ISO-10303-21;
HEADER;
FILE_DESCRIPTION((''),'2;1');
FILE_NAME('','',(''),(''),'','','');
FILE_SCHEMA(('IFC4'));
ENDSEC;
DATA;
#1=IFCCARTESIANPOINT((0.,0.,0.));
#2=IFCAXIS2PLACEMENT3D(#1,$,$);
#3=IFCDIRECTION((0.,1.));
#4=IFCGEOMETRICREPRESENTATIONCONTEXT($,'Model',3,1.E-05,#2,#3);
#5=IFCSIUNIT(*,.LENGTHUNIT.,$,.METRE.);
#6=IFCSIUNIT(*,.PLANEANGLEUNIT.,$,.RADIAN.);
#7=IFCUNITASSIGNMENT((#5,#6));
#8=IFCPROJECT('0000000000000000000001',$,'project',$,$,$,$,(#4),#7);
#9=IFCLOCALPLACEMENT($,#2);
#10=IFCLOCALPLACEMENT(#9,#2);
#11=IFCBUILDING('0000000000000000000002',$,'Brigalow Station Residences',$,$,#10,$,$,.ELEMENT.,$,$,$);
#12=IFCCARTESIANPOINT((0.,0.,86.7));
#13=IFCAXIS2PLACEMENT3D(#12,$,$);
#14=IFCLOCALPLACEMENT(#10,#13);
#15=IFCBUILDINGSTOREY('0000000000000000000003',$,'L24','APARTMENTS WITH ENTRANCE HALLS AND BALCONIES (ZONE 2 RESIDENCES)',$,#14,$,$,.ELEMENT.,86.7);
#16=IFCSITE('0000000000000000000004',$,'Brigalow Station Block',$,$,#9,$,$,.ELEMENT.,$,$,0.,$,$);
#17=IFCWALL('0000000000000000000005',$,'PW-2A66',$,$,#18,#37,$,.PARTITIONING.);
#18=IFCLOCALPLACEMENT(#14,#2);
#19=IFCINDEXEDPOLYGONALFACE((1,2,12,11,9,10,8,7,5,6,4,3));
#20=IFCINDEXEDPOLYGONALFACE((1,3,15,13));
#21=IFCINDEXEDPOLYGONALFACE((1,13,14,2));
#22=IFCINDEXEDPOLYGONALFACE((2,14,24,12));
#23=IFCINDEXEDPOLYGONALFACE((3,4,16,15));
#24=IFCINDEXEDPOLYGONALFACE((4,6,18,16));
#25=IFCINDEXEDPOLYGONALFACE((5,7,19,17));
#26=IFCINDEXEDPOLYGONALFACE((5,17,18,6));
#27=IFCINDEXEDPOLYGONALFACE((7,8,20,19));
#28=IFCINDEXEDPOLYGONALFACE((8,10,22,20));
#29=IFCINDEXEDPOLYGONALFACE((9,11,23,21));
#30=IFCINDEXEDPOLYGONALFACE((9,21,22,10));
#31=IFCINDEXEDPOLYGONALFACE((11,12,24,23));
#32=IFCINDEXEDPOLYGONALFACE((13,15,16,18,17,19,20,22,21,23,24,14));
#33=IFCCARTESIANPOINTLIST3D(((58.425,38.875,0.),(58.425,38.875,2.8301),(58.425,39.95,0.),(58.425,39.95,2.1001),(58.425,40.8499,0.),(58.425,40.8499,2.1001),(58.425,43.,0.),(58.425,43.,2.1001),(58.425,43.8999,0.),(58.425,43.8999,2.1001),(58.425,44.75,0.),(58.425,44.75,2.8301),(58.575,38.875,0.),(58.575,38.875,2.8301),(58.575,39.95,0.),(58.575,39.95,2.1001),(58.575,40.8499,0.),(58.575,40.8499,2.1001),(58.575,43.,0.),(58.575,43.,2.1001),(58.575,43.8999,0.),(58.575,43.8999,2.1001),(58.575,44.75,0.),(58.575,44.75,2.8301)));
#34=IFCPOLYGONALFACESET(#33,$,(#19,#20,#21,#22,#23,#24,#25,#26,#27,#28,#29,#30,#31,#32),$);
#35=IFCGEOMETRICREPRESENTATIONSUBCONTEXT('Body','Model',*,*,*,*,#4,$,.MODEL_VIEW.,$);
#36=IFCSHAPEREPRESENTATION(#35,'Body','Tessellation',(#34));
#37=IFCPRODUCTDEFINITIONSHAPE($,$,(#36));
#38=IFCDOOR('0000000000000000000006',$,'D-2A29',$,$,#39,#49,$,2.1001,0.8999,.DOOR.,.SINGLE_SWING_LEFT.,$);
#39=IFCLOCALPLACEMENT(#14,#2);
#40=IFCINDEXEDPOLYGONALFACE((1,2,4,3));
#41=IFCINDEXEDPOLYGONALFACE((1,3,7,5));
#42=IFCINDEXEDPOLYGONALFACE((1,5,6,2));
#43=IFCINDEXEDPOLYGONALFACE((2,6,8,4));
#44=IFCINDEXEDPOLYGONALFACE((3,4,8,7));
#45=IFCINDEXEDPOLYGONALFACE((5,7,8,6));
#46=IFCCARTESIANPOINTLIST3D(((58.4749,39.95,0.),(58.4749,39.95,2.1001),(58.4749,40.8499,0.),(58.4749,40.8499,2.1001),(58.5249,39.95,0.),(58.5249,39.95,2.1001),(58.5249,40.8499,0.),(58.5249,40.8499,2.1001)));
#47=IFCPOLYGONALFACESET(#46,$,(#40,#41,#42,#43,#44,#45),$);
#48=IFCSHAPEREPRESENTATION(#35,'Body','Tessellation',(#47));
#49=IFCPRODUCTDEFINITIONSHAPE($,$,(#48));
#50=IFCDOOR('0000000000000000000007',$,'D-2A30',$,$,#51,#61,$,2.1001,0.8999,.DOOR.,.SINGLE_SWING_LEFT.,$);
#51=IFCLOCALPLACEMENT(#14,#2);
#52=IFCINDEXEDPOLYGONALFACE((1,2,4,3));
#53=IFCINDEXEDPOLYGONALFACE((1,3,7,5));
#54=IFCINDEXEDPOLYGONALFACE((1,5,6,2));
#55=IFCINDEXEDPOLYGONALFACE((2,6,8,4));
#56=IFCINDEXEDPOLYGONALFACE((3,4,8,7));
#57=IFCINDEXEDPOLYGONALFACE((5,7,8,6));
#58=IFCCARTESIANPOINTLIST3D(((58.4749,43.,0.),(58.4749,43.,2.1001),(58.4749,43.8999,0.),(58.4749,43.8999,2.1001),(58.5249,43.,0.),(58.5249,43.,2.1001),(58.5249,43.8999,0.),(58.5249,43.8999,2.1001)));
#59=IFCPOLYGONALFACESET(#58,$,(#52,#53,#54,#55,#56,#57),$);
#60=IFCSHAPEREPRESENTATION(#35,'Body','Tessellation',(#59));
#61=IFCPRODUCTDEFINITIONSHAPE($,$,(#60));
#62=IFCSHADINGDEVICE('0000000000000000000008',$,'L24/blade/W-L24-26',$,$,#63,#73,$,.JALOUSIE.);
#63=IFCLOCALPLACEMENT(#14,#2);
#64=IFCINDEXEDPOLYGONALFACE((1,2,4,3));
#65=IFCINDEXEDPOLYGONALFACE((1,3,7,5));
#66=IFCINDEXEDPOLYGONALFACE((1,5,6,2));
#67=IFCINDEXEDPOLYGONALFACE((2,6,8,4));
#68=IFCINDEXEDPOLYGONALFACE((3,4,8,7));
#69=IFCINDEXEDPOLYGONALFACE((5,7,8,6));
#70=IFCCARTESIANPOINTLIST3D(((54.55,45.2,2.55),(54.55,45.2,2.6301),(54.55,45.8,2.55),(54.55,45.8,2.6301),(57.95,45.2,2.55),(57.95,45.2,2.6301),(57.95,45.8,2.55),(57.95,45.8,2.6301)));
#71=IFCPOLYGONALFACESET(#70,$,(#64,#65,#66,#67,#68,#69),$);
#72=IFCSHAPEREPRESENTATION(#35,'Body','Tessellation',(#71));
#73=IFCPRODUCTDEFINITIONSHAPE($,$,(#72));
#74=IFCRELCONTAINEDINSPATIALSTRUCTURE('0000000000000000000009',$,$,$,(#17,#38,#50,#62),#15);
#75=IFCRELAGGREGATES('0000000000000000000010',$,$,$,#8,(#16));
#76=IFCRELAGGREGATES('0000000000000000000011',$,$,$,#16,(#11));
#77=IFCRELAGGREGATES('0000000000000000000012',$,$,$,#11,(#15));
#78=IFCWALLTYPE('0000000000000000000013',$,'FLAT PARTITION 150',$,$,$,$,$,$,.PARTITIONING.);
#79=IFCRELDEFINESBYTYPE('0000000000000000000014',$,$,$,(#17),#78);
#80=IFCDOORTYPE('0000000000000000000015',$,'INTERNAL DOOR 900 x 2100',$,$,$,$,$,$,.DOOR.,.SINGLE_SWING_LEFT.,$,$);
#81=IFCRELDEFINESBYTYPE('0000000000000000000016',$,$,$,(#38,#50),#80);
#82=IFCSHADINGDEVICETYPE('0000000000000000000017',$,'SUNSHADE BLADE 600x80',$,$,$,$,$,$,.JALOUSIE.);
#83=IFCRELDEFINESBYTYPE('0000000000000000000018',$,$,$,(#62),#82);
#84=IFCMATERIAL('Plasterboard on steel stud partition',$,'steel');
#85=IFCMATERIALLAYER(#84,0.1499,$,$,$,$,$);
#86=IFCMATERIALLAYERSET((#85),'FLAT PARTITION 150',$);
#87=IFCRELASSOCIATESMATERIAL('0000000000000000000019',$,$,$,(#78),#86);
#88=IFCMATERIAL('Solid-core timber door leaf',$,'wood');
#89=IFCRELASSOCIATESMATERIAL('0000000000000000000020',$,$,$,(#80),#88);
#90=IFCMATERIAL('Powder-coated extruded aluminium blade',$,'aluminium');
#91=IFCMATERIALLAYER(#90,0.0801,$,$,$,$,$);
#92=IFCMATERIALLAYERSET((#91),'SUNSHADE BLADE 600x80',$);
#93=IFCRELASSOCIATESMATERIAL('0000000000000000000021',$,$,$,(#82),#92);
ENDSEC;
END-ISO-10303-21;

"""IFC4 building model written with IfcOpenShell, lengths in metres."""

from ifc_helpers import new_model, si_unit, direction, frame, frame_2d, origin, origin_2d, place, context, subcontext, project, spatial, rectangle, extrude, material, layer, layer_set, type_object, element, fill, save


model = new_model("IFC4")

# Units and contexts
model_context = context("Model", 3, precision=1e-05, world=origin(), true_north=direction((0.0, 1.0)))
body_context = subcontext(model_context, "Body", "Model", "MODEL_VIEW")
ifc_project = project(units=[si_unit("LENGTHUNIT", "METRE"), si_unit("PLANEANGLEUNIT", "RADIAN")], contexts=[model_context])

# Site, building, storey
site_placement = place(None, origin())
site = spatial("IfcSite", under=ifc_project, at=site_placement, Name="Brigalow Station Block", CompositionType="ELEMENT", RefElevation=0.0)
building_placement = place(site_placement, origin())
building = spatial("IfcBuilding", under=site, at=building_placement, Name="Brigalow Station Residences", CompositionType="ELEMENT")
storey_placement = place(building_placement, frame((0.0, 0.0, 86.7)))
storey = spatial("IfcBuildingStorey", under=building, at=storey_placement, Name="L24", Description="APARTMENTS WITH ENTRANCE HALLS AND BALCONIES (ZONE 2 RESIDENCES)", CompositionType="ELEMENT", Elevation=86.7)

# Shared definitions
ifc_material_1 = material(Name="Plasterboard on steel stud partition", Category="steel")
ifc_layer_1 = layer(ifc_material_1, 0.1499)
ifc_layer_set_1 = layer_set([ifc_layer_1], Name="FLAT PARTITION 150")
wall_type_1 = type_object("IfcWallType", Name="FLAT PARTITION 150", PredefinedType="PARTITIONING", material=ifc_layer_set_1)
ifc_material_2 = material(Name="Solid-core timber door leaf", Category="wood")
door_type_1 = type_object("IfcDoorType", Name="INTERNAL DOOR 900 x 2100", OperationType="SINGLE_SWING_LEFT", PredefinedType="DOOR", material=ifc_material_2)

# Wall, openings, doors
wall_1_placement = place(storey_placement, frame((58.5, 38.875, 0.0), z_axis=(0.0, 0.0, 1.0), x_axis=(0.0, 1.0, 0.0)))
wall_1 = element("IfcWall", 1, at=wall_1_placement, inside=storey, type_object=wall_type_1, Name="PW-2A66", PredefinedType="PARTITIONING", context=body_context, shape_type="SweptSolid", body=[
    extrude(rectangle(XDim=5.875, YDim=0.1499, at=frame_2d((2.9375, 0.0))), origin(), (0.0, 0.0, 1.0), 2.8301),
])
opening_1_placement = place(wall_1_placement, frame((1.075, 0.0, 0.0)))
opening_1 = element("IfcOpeningElement", 2, at=opening_1_placement, cuts=wall_1, PredefinedType="OPENING", context=body_context, shape_type="SweptSolid", body=[
    extrude(rectangle(XDim=0.8999, YDim=2.1001, at=frame_2d((0.45, 1.05))), frame((0.0, 0.085, 0.0), z_axis=(0.0, -1.0, 0.0), x_axis=(1.0, 0.0, 0.0)), (0.0, 0.0, 1.0), 0.1699),
])
opening_2_placement = place(wall_1_placement, frame((4.125, 0.0, 0.0)))
opening_2 = element("IfcOpeningElement", 3, at=opening_2_placement, cuts=wall_1, PredefinedType="OPENING", context=body_context, shape_type="SweptSolid", body=[
    extrude(rectangle(XDim=0.8999, YDim=2.1001, at=frame_2d((0.45, 1.05))), frame((0.0, 0.085, 0.0), z_axis=(0.0, -1.0, 0.0), x_axis=(1.0, 0.0, 0.0)), (0.0, 0.0, 1.0), 0.1699),
])
door_1_placement = place(opening_1_placement, frame((0.8999, 0.0, 0.0), z_axis=(0.0, 0.0, 1.0), x_axis=(-1.0, 0.0, 0.0)))
door_1 = element("IfcDoor", 4, at=door_1_placement, inside=storey, type_object=door_type_1, Name="D-2A29", OperationType="SINGLE_SWING_LEFT", OverallHeight=2.1001, OverallWidth=0.8999, PredefinedType="DOOR", context=body_context, shape_type="SweptSolid", body=[
    extrude(rectangle(XDim=0.8999, YDim=2.1001, at=frame_2d((0.45, 1.05))), frame((0.0, 0.0249, 0.0), z_axis=(0.0, -1.0, 0.0), x_axis=(1.0, 0.0, 0.0)), (0.0, 0.0, 1.0), 0.05),
])
fill(opening_1, door_1)
door_2_placement = place(opening_2_placement, frame((0.8999, 0.0, 0.0), z_axis=(0.0, 0.0, 1.0), x_axis=(-1.0, 0.0, 0.0)))
door_2 = element("IfcDoor", 5, at=door_2_placement, inside=storey, type_object=door_type_1, Name="D-2A30", OperationType="SINGLE_SWING_LEFT", OverallHeight=2.1001, OverallWidth=0.8999, PredefinedType="DOOR", context=body_context, shape_type="SweptSolid", body=[
    extrude(rectangle(XDim=0.8999, YDim=2.1001, at=frame_2d((0.45, 1.05))), frame((0.0, 0.0249, 0.0), z_axis=(0.0, -1.0, 0.0), x_axis=(1.0, 0.0, 0.0)), (0.0, 0.0, 1.0), 0.05),
])
fill(opening_2, door_2)

# Shading device
ifc_material_3 = material(Name="Powder-coated extruded aluminium blade", Category="aluminium")
ifc_layer_2 = layer(ifc_material_3, 0.0801)
ifc_layer_set_2 = layer_set([ifc_layer_2], Name="SUNSHADE BLADE 600x80")
shading_device_type = type_object("IfcShadingDeviceType", Name="SUNSHADE BLADE 600x80", PredefinedType="JALOUSIE", material=ifc_layer_set_2)
shading_device_placement = place(storey_placement, frame((56.25, 45.5, 2.55), z_axis=(0.0, 0.0, 1.0), x_axis=(-1.0, 0.0, 0.0)))
element("IfcShadingDevice", 6, at=shading_device_placement, inside=storey, type_object=shading_device_type, Name="L24/blade/W-L24-26", PredefinedType="JALOUSIE", context=body_context, shape_type="SweptSolid", body=[
    extrude(rectangle(XDim=3.3999, YDim=0.6001, at=origin_2d()), origin(), (0.0, 0.0, 1.0), 0.0801),
])

save(model, "model.ifc")
